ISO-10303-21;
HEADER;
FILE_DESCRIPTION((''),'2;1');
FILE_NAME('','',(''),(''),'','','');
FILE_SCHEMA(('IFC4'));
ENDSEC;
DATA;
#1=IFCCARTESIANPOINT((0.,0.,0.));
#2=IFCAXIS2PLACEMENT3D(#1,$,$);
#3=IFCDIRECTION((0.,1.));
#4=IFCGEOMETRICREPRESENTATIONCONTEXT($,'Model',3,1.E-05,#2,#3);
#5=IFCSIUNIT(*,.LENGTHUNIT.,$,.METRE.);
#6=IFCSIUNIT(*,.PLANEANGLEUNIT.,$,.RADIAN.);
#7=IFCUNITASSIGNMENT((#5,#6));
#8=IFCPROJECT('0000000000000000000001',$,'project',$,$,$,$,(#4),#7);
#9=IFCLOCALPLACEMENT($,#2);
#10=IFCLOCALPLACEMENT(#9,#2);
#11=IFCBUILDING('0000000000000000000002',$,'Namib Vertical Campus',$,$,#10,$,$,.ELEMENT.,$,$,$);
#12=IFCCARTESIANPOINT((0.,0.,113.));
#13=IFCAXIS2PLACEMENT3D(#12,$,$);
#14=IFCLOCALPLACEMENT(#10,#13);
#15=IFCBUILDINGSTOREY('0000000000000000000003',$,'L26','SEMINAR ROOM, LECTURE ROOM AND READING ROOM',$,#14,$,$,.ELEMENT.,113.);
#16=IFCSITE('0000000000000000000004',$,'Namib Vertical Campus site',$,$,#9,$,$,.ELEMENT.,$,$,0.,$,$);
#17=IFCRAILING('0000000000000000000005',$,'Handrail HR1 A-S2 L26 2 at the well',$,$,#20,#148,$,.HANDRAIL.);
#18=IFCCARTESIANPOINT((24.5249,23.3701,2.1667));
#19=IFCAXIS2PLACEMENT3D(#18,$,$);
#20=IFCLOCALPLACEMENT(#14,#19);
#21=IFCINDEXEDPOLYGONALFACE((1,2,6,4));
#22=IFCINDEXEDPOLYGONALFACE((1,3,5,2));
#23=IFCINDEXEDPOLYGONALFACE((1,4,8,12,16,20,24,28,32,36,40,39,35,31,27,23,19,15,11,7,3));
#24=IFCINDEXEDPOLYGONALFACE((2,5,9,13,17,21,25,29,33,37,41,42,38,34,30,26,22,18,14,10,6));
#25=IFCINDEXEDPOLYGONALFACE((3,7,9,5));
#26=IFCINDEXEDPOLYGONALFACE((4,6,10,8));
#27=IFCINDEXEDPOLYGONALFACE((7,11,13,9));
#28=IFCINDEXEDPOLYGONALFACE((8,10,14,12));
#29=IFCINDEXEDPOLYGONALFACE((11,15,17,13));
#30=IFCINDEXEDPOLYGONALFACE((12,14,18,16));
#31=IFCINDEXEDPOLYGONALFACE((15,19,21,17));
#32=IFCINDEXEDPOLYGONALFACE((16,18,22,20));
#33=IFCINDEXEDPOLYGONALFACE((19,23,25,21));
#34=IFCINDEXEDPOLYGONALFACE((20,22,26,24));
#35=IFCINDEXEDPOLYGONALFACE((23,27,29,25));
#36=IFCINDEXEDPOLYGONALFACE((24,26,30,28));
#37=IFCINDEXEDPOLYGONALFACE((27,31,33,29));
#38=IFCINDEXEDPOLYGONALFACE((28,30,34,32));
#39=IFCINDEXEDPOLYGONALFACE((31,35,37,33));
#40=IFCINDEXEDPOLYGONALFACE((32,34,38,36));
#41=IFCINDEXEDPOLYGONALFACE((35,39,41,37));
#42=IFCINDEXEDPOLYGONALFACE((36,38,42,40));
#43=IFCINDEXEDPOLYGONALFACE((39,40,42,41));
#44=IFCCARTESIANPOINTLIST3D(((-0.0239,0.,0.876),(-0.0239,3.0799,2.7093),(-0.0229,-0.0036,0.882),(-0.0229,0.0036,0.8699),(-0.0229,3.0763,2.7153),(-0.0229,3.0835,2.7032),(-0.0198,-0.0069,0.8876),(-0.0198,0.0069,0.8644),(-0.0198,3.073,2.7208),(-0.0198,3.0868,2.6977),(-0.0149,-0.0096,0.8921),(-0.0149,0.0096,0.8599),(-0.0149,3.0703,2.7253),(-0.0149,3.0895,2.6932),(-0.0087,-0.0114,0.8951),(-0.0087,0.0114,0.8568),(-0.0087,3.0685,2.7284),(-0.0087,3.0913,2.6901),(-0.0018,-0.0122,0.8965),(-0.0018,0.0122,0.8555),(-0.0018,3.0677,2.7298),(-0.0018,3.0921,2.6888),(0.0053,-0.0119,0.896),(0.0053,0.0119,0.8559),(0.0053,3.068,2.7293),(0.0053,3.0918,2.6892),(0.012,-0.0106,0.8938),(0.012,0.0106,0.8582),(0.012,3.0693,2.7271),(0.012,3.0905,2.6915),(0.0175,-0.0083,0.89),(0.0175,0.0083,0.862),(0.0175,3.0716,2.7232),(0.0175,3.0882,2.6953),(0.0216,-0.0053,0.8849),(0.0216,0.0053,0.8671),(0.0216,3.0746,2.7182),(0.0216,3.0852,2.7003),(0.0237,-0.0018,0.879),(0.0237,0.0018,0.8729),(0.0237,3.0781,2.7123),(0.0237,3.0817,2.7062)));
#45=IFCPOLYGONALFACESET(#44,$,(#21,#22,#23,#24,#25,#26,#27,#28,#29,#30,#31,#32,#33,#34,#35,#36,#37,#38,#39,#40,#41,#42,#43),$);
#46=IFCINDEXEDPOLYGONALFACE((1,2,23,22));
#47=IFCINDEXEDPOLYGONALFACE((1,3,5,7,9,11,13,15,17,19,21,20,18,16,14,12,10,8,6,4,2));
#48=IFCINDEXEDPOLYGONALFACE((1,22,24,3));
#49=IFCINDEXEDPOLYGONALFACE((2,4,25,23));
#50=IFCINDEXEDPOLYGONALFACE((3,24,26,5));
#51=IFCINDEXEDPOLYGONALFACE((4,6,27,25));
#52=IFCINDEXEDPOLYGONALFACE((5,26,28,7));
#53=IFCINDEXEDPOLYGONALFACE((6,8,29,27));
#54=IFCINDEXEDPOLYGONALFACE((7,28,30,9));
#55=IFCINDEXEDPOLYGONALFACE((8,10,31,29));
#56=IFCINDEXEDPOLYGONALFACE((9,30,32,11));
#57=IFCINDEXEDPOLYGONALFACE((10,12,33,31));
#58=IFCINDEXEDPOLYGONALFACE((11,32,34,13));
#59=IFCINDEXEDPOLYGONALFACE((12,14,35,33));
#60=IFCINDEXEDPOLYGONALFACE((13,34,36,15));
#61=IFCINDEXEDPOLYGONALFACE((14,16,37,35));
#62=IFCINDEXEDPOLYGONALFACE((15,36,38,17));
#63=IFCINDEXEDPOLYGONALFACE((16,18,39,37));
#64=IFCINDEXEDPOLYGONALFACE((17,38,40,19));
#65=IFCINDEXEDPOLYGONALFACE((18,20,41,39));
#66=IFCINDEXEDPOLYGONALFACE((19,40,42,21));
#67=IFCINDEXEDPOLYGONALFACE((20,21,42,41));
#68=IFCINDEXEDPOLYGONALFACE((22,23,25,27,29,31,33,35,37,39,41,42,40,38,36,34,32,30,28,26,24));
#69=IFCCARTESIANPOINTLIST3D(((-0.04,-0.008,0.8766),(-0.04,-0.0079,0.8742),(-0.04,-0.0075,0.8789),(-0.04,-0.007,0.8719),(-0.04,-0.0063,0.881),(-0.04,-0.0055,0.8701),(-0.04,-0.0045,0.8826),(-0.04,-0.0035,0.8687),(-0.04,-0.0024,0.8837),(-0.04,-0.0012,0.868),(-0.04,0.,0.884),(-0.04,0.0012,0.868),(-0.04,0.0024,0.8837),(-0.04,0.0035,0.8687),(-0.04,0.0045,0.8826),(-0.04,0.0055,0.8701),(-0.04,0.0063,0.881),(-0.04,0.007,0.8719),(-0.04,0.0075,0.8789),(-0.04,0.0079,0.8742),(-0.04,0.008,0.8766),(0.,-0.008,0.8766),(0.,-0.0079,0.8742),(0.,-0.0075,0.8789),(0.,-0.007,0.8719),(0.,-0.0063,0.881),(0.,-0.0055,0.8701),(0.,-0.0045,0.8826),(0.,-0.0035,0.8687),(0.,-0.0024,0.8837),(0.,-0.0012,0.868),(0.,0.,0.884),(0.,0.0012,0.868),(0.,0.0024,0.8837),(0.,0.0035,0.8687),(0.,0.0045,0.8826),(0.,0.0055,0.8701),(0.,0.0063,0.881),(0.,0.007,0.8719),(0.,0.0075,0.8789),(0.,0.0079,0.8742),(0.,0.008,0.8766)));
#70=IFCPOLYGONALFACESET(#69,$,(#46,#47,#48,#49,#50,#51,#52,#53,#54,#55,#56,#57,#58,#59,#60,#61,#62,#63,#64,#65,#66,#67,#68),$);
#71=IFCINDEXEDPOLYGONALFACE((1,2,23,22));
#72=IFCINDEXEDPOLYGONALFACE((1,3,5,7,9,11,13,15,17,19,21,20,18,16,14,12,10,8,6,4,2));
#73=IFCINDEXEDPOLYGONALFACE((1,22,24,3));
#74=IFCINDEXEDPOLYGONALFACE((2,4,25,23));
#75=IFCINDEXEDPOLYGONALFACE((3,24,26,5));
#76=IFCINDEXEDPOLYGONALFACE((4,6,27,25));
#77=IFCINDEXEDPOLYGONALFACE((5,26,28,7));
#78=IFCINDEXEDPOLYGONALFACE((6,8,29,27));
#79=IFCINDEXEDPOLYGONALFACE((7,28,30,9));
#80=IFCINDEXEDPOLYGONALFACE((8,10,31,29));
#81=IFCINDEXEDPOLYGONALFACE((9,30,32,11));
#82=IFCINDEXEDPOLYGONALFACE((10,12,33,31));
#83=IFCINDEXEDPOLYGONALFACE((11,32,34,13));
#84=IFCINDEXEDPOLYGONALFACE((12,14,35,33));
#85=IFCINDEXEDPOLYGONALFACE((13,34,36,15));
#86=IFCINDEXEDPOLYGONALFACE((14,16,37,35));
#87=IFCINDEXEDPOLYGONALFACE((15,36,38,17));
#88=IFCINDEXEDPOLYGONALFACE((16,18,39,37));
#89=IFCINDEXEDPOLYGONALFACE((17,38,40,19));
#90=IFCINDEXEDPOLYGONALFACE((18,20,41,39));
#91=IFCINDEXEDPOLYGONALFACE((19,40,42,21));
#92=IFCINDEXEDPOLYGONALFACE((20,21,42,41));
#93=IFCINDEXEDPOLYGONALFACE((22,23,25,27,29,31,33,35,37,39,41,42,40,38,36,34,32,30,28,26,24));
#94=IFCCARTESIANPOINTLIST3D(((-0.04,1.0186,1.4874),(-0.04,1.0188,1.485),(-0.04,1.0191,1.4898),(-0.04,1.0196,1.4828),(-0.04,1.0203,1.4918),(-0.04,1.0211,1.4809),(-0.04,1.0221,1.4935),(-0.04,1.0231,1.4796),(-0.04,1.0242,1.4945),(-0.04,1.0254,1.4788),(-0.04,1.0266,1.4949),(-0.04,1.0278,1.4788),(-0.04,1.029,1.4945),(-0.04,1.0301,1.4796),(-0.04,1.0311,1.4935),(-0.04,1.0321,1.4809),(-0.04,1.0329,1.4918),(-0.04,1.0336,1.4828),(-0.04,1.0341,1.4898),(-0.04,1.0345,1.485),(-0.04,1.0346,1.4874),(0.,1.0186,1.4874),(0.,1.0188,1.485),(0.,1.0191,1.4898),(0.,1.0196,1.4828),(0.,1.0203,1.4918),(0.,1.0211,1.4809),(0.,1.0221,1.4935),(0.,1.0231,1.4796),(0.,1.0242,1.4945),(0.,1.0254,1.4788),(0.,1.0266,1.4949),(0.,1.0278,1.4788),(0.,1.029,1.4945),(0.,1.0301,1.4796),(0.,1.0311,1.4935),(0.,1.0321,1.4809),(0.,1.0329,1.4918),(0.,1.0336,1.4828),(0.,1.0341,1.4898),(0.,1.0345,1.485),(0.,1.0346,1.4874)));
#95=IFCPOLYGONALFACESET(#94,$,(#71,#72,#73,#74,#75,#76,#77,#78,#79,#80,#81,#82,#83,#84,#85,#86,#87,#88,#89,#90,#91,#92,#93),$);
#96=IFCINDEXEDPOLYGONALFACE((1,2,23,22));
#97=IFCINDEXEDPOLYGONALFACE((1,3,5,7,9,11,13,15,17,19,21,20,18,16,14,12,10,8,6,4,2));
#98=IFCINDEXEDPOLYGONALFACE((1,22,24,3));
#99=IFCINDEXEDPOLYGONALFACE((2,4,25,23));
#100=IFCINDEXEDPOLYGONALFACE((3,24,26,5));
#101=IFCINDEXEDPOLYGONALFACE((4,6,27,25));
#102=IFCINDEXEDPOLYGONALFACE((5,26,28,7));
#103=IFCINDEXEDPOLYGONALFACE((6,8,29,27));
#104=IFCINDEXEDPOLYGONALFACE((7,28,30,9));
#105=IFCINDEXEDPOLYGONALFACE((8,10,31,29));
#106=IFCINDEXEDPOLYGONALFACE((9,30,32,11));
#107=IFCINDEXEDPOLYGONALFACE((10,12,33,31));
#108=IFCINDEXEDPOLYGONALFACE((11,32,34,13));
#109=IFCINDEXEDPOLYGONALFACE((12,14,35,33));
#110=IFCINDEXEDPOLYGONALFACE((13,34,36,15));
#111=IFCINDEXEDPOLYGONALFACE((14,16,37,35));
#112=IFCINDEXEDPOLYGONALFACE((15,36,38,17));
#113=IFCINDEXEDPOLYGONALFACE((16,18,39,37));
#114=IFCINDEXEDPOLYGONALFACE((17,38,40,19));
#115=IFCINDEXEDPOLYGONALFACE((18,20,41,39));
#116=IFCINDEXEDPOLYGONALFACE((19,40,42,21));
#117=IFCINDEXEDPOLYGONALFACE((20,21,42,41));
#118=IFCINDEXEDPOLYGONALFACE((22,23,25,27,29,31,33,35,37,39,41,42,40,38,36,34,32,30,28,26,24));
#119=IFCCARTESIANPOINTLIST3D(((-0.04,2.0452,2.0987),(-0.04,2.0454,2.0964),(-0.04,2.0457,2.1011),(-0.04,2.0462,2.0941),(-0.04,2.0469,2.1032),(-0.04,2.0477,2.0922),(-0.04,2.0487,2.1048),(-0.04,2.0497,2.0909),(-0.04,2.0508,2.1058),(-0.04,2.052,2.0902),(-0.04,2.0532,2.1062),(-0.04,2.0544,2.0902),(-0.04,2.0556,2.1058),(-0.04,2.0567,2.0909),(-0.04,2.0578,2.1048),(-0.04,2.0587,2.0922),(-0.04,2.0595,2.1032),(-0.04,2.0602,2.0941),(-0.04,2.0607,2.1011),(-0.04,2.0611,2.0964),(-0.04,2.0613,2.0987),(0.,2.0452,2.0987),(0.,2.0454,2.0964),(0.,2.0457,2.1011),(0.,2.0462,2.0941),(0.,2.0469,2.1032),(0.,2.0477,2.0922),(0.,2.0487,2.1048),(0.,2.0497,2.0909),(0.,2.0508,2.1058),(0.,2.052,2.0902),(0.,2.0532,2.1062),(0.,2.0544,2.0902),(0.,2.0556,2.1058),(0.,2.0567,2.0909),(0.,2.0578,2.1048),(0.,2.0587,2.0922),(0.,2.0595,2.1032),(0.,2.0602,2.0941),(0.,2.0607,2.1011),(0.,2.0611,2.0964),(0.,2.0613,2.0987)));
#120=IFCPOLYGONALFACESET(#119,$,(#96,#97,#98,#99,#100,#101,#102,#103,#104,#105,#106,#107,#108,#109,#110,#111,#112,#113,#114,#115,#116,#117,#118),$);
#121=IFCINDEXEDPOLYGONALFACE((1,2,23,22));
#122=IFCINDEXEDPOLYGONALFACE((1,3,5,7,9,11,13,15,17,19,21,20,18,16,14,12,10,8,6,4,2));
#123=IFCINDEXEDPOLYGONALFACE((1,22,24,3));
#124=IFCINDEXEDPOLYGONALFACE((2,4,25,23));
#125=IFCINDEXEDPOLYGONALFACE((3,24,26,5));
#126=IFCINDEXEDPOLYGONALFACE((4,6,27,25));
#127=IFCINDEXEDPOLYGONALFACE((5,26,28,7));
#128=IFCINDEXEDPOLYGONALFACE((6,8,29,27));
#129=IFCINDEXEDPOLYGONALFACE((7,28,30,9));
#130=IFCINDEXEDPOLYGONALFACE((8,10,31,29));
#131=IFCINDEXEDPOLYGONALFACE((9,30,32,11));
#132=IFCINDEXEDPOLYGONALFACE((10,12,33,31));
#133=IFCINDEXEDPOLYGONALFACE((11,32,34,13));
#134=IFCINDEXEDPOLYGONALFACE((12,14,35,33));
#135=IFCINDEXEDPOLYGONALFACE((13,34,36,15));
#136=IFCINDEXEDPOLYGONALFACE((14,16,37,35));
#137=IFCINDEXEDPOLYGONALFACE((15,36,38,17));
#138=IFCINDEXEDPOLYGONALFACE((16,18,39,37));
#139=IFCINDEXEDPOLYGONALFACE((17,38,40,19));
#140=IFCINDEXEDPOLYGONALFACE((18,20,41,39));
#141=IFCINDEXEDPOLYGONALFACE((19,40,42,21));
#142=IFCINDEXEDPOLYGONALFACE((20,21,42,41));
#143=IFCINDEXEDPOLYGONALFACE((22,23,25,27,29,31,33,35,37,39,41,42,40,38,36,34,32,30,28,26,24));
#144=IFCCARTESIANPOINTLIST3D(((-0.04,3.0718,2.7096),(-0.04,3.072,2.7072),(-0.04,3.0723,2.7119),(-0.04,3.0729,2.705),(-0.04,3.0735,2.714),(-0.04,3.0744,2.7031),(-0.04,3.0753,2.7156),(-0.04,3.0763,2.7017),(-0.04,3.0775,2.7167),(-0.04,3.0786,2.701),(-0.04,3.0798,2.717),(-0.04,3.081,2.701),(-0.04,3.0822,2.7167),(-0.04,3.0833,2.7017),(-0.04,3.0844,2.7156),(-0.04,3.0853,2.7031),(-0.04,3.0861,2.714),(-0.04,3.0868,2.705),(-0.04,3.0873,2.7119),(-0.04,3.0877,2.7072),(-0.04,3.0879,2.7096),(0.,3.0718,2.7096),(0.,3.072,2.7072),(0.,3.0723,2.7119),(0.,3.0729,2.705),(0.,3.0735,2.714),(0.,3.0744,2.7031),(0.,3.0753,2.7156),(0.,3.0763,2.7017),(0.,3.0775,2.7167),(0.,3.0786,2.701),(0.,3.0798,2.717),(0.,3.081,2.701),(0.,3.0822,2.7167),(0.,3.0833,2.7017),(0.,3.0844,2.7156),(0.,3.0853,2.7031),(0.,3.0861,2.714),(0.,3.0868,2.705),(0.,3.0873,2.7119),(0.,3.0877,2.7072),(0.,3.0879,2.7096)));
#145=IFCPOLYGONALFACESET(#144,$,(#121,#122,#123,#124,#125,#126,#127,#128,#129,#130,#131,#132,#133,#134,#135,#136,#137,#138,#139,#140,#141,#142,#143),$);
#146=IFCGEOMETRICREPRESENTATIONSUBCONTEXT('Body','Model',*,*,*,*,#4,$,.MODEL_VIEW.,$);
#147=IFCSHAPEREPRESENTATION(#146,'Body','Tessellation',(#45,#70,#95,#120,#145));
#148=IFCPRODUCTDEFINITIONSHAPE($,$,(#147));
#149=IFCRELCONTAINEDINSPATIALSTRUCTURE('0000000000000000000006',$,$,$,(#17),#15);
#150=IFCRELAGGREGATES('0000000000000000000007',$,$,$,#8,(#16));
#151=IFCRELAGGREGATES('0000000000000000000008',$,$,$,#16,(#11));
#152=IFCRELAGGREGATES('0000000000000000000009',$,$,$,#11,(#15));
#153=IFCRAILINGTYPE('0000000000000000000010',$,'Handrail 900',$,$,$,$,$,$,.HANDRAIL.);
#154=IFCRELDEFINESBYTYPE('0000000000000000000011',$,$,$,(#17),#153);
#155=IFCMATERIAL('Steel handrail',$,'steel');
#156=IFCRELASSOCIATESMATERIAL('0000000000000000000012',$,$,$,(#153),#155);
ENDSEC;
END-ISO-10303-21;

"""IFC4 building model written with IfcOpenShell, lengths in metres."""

from ifc_helpers import new_model, si_unit, direction, frame, origin, origin_2d, place, context, subcontext, project, spatial, circle, extrude, material, type_object, element, save


model = new_model("IFC4")

# Units and contexts
model_context = context("Model", 3, precision=1e-05, world=origin(), true_north=direction((0.0, 1.0)))
body_context = subcontext(model_context, "Body", "Model", "MODEL_VIEW")
ifc_project = project(units=[si_unit("LENGTHUNIT", "METRE"), si_unit("PLANEANGLEUNIT", "RADIAN")], contexts=[model_context])

# Site, building, storey
site_placement = place(None, origin())
site = spatial("IfcSite", under=ifc_project, at=site_placement, Name="Namib Vertical Campus site", CompositionType="ELEMENT", RefElevation=0.0)
building_placement = place(site_placement, origin())
building = spatial("IfcBuilding", under=site, at=building_placement, Name="Namib Vertical Campus", CompositionType="ELEMENT")
storey_placement = place(building_placement, frame((0.0, 0.0, 113.0)))
storey = spatial("IfcBuildingStorey", under=building, at=storey_placement, Name="L26", Description="SEMINAR ROOM, LECTURE ROOM AND READING ROOM", CompositionType="ELEMENT", Elevation=113.0)

# Railing
ifc_material_1 = material(Name="Steel handrail", Category="steel")
railing_type_1 = type_object("IfcRailingType", Name="Handrail 900", PredefinedType="HANDRAIL", material=ifc_material_1)
railing_1_placement = place(storey_placement, frame((24.5249, 23.3701, 2.1667)))
element("IfcRailing", 1, at=railing_1_placement, inside=storey, type_object=railing_type_1, Name="Handrail HR1 A-S2 L26 2 at the well", PredefinedType="HANDRAIL", context=body_context, shape_type="SweptSolid", body=[
    extrude(circle(Radius=0.0239, at=origin_2d()), frame((0.0, 0.0, 0.876), z_axis=(0.0, 0.859291, 0.511487), x_axis=(-1.0, 0.0, 0.0)), (0.0, 0.0, 1.0), 3.5842),
    extrude(circle(Radius=0.0081, at=origin_2d()), frame((0.0, 0.0, 0.876), z_axis=(-1.0, 0.0, 0.0), x_axis=(0.0, 0.0, 1.0)), (0.0, 0.0, 1.0), 0.04),
    extrude(circle(Radius=0.0081, at=origin_2d()), frame((0.0, 1.0266, 1.4868), z_axis=(-1.0, 0.0, 0.0), x_axis=(0.0, 0.0, 1.0)), (0.0, 0.0, 1.0), 0.04),
    extrude(circle(Radius=0.0081, at=origin_2d()), frame((0.0, 2.0532, 2.0981), z_axis=(-1.0, 0.0, 0.0), x_axis=(0.0, 0.0, 1.0)), (0.0, 0.0, 1.0), 0.04),
    extrude(circle(Radius=0.0081, at=origin_2d()), frame((0.0, 3.0798, 2.709), z_axis=(-1.0, 0.0, 0.0), x_axis=(0.0, 0.0, 1.0)), (0.0, 0.0, 1.0), 0.04),
])

save(model, "model.ifc")
